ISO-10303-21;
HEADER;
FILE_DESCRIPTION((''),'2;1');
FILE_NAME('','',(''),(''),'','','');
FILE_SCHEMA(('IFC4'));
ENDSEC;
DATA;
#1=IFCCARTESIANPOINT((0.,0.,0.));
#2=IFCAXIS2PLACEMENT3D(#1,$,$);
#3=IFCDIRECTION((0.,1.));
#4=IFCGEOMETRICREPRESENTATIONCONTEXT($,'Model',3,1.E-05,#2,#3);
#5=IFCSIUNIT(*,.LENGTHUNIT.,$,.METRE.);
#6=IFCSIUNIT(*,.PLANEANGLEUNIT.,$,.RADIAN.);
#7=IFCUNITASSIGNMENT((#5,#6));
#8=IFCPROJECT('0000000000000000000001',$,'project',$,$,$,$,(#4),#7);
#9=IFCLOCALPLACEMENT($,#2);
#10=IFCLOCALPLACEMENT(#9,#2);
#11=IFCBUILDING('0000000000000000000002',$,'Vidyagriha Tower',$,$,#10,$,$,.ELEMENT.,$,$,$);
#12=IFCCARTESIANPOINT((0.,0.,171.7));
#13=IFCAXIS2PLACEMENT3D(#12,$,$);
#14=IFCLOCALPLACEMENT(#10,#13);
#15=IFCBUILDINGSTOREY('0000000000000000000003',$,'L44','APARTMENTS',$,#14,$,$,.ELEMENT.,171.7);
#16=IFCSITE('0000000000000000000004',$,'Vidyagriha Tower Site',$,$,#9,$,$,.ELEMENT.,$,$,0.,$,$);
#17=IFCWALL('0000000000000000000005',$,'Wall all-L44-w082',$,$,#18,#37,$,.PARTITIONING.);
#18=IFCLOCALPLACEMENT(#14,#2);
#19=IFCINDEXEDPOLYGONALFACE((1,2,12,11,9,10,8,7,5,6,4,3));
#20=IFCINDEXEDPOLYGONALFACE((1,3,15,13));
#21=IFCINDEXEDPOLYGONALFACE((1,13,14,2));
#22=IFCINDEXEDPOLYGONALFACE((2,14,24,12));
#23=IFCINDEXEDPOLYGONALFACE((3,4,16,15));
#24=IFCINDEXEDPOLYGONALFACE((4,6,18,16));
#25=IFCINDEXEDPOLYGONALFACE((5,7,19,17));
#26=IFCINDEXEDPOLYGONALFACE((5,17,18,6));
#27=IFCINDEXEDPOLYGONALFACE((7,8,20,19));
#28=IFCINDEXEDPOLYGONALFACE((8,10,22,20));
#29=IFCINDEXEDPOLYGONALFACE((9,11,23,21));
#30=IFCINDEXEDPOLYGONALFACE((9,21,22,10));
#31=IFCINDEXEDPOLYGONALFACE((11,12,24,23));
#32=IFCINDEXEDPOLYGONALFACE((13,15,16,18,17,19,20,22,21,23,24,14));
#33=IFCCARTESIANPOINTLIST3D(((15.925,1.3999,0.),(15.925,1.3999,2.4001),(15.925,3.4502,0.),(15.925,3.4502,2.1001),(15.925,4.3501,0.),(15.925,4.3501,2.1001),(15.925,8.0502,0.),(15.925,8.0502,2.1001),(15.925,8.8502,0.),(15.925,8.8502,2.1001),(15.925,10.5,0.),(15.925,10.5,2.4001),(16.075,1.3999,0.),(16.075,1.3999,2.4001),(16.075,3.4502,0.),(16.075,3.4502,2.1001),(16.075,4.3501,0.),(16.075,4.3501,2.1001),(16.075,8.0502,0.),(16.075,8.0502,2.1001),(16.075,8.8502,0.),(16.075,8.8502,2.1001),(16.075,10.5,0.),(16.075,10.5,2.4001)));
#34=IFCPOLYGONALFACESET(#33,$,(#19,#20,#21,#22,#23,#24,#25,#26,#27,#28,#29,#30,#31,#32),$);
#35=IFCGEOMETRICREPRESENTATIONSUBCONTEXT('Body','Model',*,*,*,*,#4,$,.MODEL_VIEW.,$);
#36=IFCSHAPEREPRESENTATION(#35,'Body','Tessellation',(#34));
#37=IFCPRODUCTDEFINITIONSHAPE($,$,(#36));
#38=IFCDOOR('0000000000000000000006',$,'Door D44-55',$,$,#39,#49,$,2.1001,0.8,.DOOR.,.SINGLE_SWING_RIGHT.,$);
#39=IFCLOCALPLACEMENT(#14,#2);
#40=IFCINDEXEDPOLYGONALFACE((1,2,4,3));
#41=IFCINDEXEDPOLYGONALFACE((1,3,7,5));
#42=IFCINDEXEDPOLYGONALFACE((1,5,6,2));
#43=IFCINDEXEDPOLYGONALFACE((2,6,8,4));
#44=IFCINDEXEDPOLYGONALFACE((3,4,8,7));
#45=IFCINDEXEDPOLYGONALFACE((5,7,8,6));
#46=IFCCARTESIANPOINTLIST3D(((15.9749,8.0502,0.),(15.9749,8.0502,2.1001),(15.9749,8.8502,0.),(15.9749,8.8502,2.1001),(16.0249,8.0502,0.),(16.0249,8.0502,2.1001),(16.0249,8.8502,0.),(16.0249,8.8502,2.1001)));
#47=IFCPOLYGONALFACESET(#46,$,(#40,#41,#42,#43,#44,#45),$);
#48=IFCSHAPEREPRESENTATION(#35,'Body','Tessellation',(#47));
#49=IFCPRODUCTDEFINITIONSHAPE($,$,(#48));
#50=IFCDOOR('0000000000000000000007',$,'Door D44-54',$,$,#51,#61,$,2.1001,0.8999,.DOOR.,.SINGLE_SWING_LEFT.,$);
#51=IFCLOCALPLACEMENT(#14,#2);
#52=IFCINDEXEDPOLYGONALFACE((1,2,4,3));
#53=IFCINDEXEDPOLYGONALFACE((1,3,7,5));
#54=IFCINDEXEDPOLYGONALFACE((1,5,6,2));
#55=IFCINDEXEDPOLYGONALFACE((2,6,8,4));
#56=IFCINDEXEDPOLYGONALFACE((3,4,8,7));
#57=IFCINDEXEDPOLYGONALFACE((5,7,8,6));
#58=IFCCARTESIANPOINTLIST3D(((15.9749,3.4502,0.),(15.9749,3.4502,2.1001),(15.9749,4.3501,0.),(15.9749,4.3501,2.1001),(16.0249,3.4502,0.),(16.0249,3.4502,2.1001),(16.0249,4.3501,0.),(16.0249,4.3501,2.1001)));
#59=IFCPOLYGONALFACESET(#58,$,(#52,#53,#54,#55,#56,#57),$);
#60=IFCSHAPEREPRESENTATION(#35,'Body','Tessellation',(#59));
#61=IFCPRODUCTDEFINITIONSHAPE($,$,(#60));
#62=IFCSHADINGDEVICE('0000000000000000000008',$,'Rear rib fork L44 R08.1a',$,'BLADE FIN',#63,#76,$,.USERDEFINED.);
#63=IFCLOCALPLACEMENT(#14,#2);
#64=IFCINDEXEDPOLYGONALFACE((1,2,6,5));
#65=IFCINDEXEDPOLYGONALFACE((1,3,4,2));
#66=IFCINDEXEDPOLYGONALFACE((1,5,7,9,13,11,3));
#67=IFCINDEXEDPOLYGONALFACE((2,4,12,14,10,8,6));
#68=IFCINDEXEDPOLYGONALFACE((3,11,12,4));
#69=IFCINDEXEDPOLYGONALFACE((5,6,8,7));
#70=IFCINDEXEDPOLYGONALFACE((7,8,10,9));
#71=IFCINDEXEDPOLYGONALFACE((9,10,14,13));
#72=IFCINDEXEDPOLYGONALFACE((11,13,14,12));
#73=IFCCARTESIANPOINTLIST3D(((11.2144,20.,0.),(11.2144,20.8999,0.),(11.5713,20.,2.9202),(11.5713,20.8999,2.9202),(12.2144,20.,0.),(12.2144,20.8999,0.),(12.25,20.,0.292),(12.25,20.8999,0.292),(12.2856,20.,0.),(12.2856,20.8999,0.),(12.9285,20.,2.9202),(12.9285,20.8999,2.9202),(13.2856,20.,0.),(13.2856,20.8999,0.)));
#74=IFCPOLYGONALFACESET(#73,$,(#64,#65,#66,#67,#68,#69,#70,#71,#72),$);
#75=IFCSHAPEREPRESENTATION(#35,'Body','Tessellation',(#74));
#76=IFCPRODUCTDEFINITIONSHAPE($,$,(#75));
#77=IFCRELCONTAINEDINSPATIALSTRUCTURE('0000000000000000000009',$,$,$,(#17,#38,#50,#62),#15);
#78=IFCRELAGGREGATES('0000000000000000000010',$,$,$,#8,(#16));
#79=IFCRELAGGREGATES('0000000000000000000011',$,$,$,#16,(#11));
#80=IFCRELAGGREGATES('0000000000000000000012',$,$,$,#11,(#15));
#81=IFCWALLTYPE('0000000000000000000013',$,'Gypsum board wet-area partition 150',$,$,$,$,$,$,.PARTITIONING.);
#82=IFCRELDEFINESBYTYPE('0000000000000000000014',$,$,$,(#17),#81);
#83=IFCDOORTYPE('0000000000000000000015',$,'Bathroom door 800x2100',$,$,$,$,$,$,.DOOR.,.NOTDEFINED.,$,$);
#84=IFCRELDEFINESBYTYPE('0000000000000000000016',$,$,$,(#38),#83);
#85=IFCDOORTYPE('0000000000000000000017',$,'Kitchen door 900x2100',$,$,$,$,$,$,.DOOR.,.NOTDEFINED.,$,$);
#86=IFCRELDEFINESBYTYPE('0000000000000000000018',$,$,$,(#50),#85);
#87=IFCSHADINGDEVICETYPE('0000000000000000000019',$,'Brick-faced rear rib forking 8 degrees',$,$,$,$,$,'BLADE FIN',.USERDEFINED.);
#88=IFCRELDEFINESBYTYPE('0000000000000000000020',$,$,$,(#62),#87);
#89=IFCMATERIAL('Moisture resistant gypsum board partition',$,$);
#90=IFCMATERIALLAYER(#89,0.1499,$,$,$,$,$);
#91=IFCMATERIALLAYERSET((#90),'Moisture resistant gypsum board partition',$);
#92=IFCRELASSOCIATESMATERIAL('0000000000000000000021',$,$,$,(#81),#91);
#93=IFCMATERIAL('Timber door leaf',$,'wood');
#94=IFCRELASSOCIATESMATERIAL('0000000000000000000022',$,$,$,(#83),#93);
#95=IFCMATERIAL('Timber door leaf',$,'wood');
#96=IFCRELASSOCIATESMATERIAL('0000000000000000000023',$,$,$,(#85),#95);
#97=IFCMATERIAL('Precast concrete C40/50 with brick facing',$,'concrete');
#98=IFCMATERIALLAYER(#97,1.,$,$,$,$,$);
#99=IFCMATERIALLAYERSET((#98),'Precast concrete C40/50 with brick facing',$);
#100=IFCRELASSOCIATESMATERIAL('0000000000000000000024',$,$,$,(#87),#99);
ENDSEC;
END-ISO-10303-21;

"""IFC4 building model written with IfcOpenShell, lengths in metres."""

from ifc_helpers import new_model, si_unit, direction, frame, frame_2d, origin, place, context, subcontext, project, spatial, polyline, rectangle, outline, extrude, material, layer, layer_set, type_object, element, fill, save


model = new_model("IFC4")

# Units and contexts
model_context = context("Model", 3, precision=1e-05, world=origin(), true_north=direction((0.0, 1.0)))
body_context = subcontext(model_context, "Body", "Model", "MODEL_VIEW")
ifc_project = project(units=[si_unit("LENGTHUNIT", "METRE"), si_unit("PLANEANGLEUNIT", "RADIAN")], contexts=[model_context])

# Site, building, storey
site_placement = place(None, origin())
site = spatial("IfcSite", under=ifc_project, at=site_placement, Name="Vidyagriha Tower Site", CompositionType="ELEMENT", RefElevation=0.0)
building_placement = place(site_placement, origin())
building = spatial("IfcBuilding", under=site, at=building_placement, Name="Vidyagriha Tower", CompositionType="ELEMENT")
storey_placement = place(building_placement, frame((0.0, 0.0, 171.7)))
storey = spatial("IfcBuildingStorey", under=building, at=storey_placement, Name="L44", Description="APARTMENTS", CompositionType="ELEMENT", Elevation=171.7)

# Wall, openings, doors
ifc_material_1 = material(Name="Moisture resistant gypsum board partition")
ifc_layer_1 = layer(ifc_material_1, 0.1499)
ifc_layer_set_1 = layer_set([ifc_layer_1], Name="Moisture resistant gypsum board partition")
wall_type_1 = type_object("IfcWallType", Name="Gypsum board wet-area partition 150", PredefinedType="PARTITIONING", material=ifc_layer_set_1)
wall_1_placement = place(storey_placement, frame((16.0, 10.5, 0.0), z_axis=(0.0, 0.0, 1.0), x_axis=(0.0, -1.0, 0.0)))
wall_1 = element("IfcWall", 1, at=wall_1_placement, inside=storey, type_object=wall_type_1, Name="Wall all-L44-w082", PredefinedType="PARTITIONING", context=body_context, shape_type="SweptSolid", body=[
    extrude(rectangle(XDim=9.1001, YDim=0.1499, at=frame_2d((4.55, 0.0))), origin(), (0.0, 0.0, 1.0), 2.4001),
])
opening_1_placement = place(wall_1_placement, frame((6.1499, 0.0, 0.0)))
opening_1 = element("IfcOpeningElement", 2, at=opening_1_placement, cuts=wall_1, PredefinedType="OPENING", context=body_context, shape_type="SweptSolid", body=[
    extrude(rectangle(XDim=0.8999, YDim=2.1001, at=frame_2d((0.45, 1.05))), frame((0.0, 0.085, 0.0), z_axis=(0.0, -1.0, 0.0), x_axis=(1.0, 0.0, 0.0)), (0.0, 0.0, 1.0), 0.1699),
])
opening_2_placement = place(wall_1_placement, frame((1.6499, 0.0, 0.0)))
opening_2 = element("IfcOpeningElement", 3, at=opening_2_placement, cuts=wall_1, PredefinedType="OPENING", context=body_context, shape_type="SweptSolid", body=[
    extrude(rectangle(XDim=0.8, YDim=2.1001, at=frame_2d((0.3999, 1.05))), frame((0.0, 0.085, 0.0), z_axis=(0.0, -1.0, 0.0), x_axis=(1.0, 0.0, 0.0)), (0.0, 0.0, 1.0), 0.1699),
])
ifc_material_2 = material(Name="Timber door leaf", Category="wood")
door_type_1 = type_object("IfcDoorType", Name="Bathroom door 800x2100", OperationType="NOTDEFINED", PredefinedType="DOOR", material=ifc_material_2)
door_1_placement = place(opening_2_placement, origin())
door_1 = element("IfcDoor", 4, at=door_1_placement, inside=storey, type_object=door_type_1, Name="Door D44-55", OperationType="SINGLE_SWING_RIGHT", OverallHeight=2.1001, OverallWidth=0.8, PredefinedType="DOOR", context=body_context, shape_type="SweptSolid", body=[
    extrude(rectangle(XDim=0.8, YDim=2.1001, at=frame_2d((0.3999, 1.05))), frame((0.0, 0.0249, 0.0), z_axis=(0.0, -1.0, 0.0), x_axis=(1.0, 0.0, 0.0)), (0.0, 0.0, 1.0), 0.05),
])
fill(opening_2, door_1)
ifc_material_3 = material(Name="Timber door leaf", Category="wood")
door_type_2 = type_object("IfcDoorType", Name="Kitchen door 900x2100", OperationType="NOTDEFINED", PredefinedType="DOOR", material=ifc_material_3)
door_2_placement = place(opening_1_placement, origin())
door_2 = element("IfcDoor", 5, at=door_2_placement, inside=storey, type_object=door_type_2, Name="Door D44-54", OperationType="SINGLE_SWING_LEFT", OverallHeight=2.1001, OverallWidth=0.8999, PredefinedType="DOOR", context=body_context, shape_type="SweptSolid", body=[
    extrude(rectangle(XDim=0.8999, YDim=2.1001, at=frame_2d((0.45, 1.05))), frame((0.0, 0.0249, 0.0), z_axis=(0.0, -1.0, 0.0), x_axis=(1.0, 0.0, 0.0)), (0.0, 0.0, 1.0), 0.05),
])
fill(opening_1, door_2)

# Shading device
ifc_material_4 = material(Name="Precast concrete C40/50 with brick facing", Category="concrete")
ifc_layer_2 = layer(ifc_material_4, 1.0)
ifc_layer_set_2 = layer_set([ifc_layer_2], Name="Precast concrete C40/50 with brick facing")
shading_device_type = type_object("IfcShadingDeviceType", Name="Brick-faced rear rib forking 8 degrees", ElementType="BLADE FIN", PredefinedType="USERDEFINED", material=ifc_layer_set_2)
shading_device_placement = place(storey_placement, frame((13.2856, 20.45, 0.0), z_axis=(0.0, 0.0, 1.0), x_axis=(-1.0, 0.0, 0.0)))
element("IfcShadingDevice", 6, at=shading_device_placement, inside=storey, type_object=shading_device_type, Name="Rear rib fork L44 R08.1a", ObjectType="BLADE FIN", PredefinedType="USERDEFINED", context=body_context, shape_type="SweptSolid", body=[
    extrude(outline(polyline([(1.0, 0.0), (1.0356, 0.292), (1.0713, 0.0), (2.0713, 0.0), (1.7144, 2.9202), (0.3572, 2.9202), (0.0, 0.0), (1.0, 0.0)])), frame((0.0, 0.45, 0.0), z_axis=(0.0, -1.0, 0.0), x_axis=(1.0, 0.0, 0.0)), (0.0, 0.0, 1.0), 0.8999),
])

save(model, "model.ifc")
